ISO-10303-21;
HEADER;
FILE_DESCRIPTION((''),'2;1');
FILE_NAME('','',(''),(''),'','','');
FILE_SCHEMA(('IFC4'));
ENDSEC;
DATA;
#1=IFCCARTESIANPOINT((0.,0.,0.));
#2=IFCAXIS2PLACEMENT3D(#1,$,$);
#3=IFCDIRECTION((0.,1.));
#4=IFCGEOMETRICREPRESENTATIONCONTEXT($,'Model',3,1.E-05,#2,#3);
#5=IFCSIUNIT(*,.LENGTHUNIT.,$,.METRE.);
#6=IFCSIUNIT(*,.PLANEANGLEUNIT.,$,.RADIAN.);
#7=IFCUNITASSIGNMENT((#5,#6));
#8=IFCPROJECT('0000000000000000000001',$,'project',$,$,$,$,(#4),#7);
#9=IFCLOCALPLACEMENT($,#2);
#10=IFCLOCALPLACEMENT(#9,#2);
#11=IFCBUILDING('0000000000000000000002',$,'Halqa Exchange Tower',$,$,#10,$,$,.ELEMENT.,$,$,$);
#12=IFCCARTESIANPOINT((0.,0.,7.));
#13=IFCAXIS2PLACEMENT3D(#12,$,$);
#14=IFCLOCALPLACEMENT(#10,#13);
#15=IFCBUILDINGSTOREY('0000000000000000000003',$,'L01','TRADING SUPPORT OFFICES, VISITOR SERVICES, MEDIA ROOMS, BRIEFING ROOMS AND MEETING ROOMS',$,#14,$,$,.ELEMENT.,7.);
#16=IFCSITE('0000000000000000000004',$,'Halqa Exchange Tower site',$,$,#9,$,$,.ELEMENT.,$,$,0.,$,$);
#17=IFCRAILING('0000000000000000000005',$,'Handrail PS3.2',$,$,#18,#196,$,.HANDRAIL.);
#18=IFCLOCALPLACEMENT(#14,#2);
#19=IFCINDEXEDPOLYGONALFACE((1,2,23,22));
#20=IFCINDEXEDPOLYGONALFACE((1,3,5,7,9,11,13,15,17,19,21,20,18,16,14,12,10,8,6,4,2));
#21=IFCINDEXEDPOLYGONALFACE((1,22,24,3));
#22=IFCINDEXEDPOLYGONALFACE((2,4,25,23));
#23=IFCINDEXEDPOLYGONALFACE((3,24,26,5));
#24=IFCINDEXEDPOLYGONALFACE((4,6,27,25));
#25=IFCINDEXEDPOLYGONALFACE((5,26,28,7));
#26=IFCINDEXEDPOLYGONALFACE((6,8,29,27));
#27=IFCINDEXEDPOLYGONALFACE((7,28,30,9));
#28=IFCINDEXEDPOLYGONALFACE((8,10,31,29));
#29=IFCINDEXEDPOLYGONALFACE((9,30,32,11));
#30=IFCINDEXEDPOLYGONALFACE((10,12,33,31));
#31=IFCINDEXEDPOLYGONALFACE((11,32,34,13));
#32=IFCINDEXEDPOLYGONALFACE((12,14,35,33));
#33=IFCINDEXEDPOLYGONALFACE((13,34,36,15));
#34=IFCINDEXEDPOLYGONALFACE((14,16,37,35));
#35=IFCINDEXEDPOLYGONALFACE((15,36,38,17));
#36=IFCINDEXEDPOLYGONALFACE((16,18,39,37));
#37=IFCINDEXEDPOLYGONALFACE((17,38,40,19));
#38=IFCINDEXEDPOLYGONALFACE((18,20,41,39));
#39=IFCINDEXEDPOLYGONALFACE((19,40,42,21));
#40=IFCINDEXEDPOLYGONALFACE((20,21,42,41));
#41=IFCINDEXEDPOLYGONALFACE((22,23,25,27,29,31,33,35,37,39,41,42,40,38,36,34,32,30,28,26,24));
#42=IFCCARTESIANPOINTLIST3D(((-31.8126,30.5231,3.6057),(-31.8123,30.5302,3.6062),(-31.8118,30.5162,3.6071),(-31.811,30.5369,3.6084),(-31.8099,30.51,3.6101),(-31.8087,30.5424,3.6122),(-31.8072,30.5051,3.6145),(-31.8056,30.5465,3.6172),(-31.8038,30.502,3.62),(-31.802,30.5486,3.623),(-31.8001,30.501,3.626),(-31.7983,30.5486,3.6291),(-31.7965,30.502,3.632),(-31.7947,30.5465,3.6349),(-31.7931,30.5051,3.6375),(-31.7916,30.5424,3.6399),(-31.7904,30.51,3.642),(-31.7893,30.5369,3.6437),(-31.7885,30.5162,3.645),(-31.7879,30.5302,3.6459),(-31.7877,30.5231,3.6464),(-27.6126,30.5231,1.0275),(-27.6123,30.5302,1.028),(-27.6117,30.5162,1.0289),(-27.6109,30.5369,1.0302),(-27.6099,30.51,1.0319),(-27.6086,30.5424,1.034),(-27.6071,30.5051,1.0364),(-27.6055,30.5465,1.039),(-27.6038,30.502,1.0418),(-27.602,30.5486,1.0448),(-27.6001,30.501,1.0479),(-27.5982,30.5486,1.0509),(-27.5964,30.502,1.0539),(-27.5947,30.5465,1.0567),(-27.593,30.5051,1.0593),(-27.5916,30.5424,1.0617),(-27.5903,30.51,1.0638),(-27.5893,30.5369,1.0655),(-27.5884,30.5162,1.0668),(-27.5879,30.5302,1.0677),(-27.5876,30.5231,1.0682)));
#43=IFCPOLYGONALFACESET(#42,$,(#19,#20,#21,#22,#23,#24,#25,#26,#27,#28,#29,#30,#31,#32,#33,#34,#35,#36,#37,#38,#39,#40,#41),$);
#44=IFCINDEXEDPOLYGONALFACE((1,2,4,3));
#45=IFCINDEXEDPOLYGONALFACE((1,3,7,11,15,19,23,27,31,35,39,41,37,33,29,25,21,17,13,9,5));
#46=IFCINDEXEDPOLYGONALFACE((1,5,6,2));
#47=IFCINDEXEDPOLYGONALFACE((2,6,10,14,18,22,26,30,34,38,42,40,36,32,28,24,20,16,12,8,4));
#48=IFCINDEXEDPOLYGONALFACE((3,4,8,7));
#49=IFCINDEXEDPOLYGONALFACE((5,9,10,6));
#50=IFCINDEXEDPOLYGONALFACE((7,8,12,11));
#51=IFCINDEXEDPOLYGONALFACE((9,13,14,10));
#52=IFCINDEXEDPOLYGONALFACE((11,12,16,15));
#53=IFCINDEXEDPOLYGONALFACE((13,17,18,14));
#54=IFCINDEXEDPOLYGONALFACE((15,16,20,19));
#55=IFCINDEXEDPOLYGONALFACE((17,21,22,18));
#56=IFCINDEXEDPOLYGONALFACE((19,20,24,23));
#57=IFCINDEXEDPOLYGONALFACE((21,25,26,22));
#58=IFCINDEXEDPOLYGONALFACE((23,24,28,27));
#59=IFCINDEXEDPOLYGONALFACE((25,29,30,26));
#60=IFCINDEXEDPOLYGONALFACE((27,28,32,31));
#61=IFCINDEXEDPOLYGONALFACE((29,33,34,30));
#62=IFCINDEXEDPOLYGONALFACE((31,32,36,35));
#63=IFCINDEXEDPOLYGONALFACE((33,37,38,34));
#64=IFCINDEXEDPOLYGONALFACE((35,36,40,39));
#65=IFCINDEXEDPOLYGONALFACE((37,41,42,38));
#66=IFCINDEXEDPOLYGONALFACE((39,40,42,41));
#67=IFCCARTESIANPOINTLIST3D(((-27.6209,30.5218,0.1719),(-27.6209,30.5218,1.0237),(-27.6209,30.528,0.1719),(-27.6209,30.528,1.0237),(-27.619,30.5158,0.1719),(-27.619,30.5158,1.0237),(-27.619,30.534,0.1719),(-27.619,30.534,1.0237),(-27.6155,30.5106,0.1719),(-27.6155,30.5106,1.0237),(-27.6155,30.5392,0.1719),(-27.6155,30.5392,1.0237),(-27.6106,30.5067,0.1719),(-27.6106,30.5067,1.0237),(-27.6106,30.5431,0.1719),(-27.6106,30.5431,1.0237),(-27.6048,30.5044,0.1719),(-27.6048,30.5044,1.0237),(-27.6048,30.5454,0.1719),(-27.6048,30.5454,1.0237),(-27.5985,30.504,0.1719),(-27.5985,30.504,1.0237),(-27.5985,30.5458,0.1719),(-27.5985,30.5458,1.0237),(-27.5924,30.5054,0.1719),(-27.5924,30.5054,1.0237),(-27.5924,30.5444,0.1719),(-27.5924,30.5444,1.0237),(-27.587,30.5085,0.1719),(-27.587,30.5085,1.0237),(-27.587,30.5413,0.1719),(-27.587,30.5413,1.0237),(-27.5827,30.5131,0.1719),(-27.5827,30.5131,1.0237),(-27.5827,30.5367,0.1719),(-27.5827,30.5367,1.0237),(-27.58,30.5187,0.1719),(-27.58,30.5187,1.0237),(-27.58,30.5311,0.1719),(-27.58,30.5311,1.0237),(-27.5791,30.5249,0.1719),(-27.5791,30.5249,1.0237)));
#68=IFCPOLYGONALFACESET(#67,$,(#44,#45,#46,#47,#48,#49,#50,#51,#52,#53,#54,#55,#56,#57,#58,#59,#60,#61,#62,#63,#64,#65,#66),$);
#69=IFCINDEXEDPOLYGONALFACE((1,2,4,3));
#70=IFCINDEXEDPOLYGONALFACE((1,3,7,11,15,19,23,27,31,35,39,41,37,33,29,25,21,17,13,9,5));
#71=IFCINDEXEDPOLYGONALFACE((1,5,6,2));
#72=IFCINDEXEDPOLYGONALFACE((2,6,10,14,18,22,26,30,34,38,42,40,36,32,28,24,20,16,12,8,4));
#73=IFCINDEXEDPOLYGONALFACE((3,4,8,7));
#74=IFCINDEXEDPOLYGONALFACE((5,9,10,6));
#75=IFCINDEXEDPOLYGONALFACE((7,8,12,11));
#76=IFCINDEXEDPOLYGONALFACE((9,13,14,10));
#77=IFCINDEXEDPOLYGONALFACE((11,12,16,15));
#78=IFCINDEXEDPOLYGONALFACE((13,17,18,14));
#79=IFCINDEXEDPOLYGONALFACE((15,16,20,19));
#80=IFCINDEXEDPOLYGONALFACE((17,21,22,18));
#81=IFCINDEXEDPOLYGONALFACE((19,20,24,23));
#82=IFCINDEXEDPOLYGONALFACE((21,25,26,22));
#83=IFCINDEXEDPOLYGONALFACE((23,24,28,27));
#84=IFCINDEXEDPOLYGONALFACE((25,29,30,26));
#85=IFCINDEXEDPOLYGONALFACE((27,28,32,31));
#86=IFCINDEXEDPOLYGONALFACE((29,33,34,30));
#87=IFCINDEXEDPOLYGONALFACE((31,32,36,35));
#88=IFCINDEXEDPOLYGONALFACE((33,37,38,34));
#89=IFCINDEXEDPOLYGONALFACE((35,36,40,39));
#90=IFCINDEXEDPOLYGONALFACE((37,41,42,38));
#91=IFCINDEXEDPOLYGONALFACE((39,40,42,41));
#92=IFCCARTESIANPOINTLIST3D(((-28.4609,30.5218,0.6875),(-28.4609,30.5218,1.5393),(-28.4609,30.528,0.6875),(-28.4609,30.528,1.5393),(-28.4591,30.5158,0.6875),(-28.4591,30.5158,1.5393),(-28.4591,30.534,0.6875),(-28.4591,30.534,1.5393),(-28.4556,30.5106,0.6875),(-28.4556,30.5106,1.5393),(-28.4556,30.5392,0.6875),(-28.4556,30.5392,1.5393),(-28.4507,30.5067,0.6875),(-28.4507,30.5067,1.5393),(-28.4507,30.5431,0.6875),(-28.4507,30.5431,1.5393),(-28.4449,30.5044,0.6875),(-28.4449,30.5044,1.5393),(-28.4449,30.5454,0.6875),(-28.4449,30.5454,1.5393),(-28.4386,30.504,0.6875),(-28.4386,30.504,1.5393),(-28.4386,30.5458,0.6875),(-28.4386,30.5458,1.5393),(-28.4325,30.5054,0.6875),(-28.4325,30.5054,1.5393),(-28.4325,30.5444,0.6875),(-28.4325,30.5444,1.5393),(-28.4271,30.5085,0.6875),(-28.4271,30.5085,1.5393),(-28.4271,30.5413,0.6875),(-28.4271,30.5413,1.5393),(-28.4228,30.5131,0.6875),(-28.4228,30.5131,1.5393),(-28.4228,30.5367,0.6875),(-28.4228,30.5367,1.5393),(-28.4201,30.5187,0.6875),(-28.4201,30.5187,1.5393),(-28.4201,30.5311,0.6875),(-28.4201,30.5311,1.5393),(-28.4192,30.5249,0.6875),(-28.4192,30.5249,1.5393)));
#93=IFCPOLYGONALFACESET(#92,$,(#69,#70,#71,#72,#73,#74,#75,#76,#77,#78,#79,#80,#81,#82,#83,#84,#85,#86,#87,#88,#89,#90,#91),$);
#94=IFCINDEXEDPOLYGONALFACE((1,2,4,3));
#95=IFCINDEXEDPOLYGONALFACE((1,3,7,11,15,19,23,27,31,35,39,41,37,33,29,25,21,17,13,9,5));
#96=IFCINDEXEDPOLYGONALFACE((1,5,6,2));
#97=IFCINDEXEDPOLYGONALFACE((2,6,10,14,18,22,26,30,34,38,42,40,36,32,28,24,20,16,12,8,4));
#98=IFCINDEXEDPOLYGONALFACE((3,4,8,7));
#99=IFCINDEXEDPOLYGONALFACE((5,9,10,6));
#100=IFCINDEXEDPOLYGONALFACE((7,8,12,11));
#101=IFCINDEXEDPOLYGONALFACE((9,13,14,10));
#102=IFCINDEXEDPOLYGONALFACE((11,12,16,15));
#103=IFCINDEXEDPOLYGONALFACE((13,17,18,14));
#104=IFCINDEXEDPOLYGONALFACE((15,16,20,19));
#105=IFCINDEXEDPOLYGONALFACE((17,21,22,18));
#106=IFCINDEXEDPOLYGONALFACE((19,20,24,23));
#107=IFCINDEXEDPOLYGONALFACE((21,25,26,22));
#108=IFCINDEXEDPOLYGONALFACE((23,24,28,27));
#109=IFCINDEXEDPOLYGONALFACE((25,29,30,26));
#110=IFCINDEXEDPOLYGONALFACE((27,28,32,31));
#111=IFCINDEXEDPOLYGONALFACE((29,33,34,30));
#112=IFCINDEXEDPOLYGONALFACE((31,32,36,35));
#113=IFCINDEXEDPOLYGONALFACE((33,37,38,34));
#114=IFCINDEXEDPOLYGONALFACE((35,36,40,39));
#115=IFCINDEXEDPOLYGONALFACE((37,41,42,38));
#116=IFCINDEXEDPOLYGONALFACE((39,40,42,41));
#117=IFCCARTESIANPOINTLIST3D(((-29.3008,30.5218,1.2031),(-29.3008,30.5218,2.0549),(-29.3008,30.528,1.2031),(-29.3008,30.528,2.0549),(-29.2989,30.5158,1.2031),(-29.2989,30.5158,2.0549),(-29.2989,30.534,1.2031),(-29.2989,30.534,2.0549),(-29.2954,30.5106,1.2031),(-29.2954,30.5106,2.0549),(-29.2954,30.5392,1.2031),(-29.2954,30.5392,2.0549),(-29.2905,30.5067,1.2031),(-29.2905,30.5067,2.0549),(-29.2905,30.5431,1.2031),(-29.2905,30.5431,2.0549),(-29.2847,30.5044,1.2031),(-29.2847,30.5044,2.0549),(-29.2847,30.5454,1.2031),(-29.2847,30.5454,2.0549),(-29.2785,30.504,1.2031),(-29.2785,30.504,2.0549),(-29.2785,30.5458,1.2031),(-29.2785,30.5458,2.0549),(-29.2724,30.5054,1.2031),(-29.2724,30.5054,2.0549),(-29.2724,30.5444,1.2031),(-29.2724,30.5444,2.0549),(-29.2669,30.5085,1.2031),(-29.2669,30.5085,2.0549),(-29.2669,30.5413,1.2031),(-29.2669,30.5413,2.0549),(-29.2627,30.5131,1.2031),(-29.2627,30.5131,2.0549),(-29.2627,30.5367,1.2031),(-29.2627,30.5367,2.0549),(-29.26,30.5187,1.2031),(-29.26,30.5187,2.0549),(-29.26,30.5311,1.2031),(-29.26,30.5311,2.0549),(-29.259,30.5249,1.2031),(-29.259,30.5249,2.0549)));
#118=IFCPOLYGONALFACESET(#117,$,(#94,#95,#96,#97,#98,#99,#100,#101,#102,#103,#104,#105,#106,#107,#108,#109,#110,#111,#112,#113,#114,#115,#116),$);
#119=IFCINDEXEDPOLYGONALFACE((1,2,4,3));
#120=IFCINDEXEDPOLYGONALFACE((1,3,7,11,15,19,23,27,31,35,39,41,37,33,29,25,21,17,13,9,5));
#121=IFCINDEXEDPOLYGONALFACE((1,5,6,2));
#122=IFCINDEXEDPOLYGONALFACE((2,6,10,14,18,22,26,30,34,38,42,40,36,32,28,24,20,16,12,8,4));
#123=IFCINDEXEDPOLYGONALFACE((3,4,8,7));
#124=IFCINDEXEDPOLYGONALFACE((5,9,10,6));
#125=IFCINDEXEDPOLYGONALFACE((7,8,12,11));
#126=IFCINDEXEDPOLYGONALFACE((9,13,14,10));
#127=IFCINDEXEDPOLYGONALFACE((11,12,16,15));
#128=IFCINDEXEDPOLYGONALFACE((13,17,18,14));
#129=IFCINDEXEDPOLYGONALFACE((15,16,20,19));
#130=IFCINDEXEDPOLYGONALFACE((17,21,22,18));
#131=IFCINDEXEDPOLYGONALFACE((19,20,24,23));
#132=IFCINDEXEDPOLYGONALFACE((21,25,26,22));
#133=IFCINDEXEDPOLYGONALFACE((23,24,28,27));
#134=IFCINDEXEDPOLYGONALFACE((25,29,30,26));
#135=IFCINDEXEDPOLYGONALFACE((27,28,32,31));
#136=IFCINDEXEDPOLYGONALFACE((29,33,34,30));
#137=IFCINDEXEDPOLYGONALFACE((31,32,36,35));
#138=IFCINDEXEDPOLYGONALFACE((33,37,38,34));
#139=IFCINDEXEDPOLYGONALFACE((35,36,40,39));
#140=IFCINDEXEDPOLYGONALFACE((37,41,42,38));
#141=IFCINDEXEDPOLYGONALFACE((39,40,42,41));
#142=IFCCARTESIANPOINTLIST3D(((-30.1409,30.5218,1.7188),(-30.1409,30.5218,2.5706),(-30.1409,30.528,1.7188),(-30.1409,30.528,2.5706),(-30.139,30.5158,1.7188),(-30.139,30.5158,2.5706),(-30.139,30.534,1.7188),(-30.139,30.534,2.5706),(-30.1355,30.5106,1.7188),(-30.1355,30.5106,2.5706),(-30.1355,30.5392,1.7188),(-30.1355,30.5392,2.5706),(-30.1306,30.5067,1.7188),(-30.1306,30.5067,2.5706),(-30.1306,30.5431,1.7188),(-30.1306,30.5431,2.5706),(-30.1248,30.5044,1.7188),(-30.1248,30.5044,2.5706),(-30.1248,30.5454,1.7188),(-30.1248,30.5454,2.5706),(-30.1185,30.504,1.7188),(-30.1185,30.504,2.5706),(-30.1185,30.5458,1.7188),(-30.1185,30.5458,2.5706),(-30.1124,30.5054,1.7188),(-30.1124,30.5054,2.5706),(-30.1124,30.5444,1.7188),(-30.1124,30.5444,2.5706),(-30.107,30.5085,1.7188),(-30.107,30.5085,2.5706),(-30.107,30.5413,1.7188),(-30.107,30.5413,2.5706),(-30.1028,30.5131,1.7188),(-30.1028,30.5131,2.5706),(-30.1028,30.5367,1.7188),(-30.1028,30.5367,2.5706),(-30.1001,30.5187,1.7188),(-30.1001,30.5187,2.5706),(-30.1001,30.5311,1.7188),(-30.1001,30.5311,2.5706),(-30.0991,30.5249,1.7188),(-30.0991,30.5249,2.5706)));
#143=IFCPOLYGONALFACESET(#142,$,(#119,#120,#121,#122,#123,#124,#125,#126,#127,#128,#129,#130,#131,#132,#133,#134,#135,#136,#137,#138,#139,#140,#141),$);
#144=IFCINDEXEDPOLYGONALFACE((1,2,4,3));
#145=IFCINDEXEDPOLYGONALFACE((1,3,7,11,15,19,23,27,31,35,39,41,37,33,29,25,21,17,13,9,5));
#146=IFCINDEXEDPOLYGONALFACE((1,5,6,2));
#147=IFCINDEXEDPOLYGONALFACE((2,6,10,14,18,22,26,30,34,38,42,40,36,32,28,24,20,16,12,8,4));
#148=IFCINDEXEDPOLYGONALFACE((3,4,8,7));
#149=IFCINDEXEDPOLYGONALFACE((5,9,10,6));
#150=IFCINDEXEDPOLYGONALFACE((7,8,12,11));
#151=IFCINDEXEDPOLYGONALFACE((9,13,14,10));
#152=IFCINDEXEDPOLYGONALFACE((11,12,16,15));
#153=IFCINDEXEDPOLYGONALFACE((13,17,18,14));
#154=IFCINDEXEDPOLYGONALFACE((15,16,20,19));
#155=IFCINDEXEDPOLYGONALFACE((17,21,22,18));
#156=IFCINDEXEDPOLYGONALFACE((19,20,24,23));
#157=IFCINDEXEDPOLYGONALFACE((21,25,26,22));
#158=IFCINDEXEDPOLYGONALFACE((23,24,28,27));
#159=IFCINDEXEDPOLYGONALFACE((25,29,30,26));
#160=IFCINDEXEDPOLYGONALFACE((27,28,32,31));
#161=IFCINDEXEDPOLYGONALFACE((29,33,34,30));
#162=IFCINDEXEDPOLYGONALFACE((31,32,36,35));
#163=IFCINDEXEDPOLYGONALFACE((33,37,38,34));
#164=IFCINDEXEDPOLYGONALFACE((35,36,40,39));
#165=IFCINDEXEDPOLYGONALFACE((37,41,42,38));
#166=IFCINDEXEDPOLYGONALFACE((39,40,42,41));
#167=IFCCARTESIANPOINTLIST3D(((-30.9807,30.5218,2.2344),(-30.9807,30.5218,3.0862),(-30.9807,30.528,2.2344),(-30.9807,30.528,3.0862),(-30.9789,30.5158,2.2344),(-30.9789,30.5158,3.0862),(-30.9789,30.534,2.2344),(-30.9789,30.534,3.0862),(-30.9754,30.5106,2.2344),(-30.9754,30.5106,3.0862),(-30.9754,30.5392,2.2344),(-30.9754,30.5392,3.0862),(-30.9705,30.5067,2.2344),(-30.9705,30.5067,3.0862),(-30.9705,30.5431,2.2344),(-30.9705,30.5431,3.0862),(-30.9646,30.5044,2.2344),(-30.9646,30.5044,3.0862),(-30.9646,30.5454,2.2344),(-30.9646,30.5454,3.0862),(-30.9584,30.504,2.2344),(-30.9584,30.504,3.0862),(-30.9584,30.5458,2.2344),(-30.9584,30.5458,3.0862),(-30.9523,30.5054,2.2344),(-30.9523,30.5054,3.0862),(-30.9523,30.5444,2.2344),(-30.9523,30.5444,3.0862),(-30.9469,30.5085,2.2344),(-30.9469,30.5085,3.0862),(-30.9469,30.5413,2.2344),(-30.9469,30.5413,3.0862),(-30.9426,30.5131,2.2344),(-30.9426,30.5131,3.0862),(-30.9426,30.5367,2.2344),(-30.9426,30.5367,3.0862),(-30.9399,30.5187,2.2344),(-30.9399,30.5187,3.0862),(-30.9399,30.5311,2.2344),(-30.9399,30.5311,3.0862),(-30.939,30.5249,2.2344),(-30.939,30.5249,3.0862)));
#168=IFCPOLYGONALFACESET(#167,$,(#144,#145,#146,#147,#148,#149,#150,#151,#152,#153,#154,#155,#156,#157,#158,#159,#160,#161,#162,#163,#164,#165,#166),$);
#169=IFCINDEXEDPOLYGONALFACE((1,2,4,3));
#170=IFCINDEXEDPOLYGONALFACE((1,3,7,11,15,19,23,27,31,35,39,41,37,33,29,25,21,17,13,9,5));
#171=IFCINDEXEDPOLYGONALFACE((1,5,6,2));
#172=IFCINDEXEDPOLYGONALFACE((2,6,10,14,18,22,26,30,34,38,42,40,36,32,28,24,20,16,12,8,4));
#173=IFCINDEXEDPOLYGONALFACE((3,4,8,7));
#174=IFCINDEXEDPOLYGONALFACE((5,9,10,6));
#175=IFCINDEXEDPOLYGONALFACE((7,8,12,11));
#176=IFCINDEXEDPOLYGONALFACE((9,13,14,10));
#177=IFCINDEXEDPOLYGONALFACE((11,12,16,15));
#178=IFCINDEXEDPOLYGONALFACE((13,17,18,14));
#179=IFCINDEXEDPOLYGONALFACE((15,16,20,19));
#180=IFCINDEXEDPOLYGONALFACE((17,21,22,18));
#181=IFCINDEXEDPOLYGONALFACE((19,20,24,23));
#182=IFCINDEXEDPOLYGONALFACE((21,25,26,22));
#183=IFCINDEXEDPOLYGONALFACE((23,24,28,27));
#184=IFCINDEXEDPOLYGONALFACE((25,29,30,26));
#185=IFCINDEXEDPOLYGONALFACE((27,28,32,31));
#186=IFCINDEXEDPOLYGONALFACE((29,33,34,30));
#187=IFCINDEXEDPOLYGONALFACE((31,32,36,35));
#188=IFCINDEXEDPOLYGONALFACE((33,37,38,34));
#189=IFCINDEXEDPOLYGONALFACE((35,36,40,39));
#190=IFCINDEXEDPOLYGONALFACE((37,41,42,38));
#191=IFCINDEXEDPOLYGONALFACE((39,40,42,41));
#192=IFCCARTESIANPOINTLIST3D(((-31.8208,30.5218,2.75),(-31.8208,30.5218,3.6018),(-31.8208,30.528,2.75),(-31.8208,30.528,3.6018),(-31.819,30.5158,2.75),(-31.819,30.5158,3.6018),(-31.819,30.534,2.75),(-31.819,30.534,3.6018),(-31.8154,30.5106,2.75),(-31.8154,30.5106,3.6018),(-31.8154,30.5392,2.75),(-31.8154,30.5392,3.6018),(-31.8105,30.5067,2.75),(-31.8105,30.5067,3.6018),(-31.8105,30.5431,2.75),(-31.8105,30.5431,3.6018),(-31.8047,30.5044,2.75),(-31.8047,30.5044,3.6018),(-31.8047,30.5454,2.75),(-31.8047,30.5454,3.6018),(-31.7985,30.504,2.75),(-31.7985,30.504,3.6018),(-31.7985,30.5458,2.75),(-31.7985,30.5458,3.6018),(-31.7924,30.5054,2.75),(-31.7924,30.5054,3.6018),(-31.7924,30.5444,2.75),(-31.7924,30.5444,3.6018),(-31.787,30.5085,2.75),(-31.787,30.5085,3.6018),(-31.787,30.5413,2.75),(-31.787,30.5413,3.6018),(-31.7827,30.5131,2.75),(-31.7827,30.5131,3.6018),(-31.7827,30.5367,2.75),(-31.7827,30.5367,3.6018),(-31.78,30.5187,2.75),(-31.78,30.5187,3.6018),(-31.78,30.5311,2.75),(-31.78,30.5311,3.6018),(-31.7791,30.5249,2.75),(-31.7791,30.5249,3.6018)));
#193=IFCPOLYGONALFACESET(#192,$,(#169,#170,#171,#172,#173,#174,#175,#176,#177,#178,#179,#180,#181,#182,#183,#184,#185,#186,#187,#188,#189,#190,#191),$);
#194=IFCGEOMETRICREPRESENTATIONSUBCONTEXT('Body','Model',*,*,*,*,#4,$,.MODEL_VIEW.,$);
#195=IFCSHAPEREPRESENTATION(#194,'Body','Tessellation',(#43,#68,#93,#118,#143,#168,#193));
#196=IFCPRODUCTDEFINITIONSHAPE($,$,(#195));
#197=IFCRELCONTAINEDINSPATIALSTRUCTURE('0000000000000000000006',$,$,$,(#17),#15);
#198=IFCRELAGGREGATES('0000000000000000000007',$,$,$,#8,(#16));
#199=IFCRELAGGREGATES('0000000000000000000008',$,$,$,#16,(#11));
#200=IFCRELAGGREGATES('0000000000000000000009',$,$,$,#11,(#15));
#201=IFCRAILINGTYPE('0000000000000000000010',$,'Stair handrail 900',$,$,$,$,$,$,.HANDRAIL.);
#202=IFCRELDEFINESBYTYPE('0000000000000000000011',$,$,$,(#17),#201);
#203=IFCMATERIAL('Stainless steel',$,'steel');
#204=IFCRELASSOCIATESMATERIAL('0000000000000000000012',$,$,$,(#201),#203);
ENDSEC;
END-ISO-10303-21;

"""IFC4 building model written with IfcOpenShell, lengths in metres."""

from ifc_helpers import new_model, si_unit, direction, frame, origin, origin_2d, place, context, subcontext, project, spatial, circle, extrude, material, type_object, element, save


model = new_model("IFC4")

# Units and contexts
model_context = context("Model", 3, precision=1e-05, world=origin(), true_north=direction((0.0, 1.0)))
body_context = subcontext(model_context, "Body", "Model", "MODEL_VIEW")
ifc_project = project(units=[si_unit("LENGTHUNIT", "METRE"), si_unit("PLANEANGLEUNIT", "RADIAN")], contexts=[model_context])

# Site, building, storey
site_placement = place(None, origin())
site = spatial("IfcSite", under=ifc_project, at=site_placement, Name="Halqa Exchange Tower site", CompositionType="ELEMENT", RefElevation=0.0)
building_placement = place(site_placement, origin())
building = spatial("IfcBuilding", under=site, at=building_placement, Name="Halqa Exchange Tower", CompositionType="ELEMENT")
storey_placement = place(building_placement, frame((0.0, 0.0, 7.0)))
storey = spatial("IfcBuildingStorey", under=building, at=storey_placement, Name="L01", Description="TRADING SUPPORT OFFICES, VISITOR SERVICES, MEDIA ROOMS, BRIEFING ROOMS AND MEETING ROOMS", CompositionType="ELEMENT", Elevation=7.0)

# Railing
ifc_material_1 = material(Name="Stainless steel", Category="steel")
railing_type = type_object("IfcRailingType", Name="Stair handrail 900", PredefinedType="HANDRAIL", material=ifc_material_1)
railing_1_placement = place(storey_placement, frame((-27.6001, 30.5249, 0.1719)))
element("IfcRailing", 1, at=railing_1_placement, inside=storey, type_object=railing_type, Name="Handrail PS3.2", PredefinedType="HANDRAIL", context=body_context, shape_type="SweptSolid", body=[
    extrude(circle(Radius=0.0239, at=origin_2d()), frame((0.0, 0.0, 0.876), z_axis=(-0.852243, 0.0, 0.523146), x_axis=(0.0, -1.0, 0.0)), (0.0, 0.0, 1.0), 4.9282),
    extrude(circle(Radius=0.021, at=origin_2d()), origin(), (0.0, 0.0, 1.0), 0.8518),
    extrude(circle(Radius=0.021, at=origin_2d()), frame((-0.8401, 0.0, 0.5156)), (0.0, 0.0, 1.0), 0.8518),
    extrude(circle(Radius=0.021, at=origin_2d()), frame((-1.6799, 0.0, 1.0312)), (0.0, 0.0, 1.0), 0.8518),
    extrude(circle(Radius=0.021, at=origin_2d()), frame((-2.52, 0.0, 1.5469)), (0.0, 0.0, 1.0), 0.8518),
    extrude(circle(Radius=0.021, at=origin_2d()), frame((-3.3599, 0.0, 2.0625)), (0.0, 0.0, 1.0), 0.8518),
    extrude(circle(Radius=0.021, at=origin_2d()), frame((-4.2, 0.0, 2.5781)), (0.0, 0.0, 1.0), 0.8518),
])

save(model, "model.ifc")
